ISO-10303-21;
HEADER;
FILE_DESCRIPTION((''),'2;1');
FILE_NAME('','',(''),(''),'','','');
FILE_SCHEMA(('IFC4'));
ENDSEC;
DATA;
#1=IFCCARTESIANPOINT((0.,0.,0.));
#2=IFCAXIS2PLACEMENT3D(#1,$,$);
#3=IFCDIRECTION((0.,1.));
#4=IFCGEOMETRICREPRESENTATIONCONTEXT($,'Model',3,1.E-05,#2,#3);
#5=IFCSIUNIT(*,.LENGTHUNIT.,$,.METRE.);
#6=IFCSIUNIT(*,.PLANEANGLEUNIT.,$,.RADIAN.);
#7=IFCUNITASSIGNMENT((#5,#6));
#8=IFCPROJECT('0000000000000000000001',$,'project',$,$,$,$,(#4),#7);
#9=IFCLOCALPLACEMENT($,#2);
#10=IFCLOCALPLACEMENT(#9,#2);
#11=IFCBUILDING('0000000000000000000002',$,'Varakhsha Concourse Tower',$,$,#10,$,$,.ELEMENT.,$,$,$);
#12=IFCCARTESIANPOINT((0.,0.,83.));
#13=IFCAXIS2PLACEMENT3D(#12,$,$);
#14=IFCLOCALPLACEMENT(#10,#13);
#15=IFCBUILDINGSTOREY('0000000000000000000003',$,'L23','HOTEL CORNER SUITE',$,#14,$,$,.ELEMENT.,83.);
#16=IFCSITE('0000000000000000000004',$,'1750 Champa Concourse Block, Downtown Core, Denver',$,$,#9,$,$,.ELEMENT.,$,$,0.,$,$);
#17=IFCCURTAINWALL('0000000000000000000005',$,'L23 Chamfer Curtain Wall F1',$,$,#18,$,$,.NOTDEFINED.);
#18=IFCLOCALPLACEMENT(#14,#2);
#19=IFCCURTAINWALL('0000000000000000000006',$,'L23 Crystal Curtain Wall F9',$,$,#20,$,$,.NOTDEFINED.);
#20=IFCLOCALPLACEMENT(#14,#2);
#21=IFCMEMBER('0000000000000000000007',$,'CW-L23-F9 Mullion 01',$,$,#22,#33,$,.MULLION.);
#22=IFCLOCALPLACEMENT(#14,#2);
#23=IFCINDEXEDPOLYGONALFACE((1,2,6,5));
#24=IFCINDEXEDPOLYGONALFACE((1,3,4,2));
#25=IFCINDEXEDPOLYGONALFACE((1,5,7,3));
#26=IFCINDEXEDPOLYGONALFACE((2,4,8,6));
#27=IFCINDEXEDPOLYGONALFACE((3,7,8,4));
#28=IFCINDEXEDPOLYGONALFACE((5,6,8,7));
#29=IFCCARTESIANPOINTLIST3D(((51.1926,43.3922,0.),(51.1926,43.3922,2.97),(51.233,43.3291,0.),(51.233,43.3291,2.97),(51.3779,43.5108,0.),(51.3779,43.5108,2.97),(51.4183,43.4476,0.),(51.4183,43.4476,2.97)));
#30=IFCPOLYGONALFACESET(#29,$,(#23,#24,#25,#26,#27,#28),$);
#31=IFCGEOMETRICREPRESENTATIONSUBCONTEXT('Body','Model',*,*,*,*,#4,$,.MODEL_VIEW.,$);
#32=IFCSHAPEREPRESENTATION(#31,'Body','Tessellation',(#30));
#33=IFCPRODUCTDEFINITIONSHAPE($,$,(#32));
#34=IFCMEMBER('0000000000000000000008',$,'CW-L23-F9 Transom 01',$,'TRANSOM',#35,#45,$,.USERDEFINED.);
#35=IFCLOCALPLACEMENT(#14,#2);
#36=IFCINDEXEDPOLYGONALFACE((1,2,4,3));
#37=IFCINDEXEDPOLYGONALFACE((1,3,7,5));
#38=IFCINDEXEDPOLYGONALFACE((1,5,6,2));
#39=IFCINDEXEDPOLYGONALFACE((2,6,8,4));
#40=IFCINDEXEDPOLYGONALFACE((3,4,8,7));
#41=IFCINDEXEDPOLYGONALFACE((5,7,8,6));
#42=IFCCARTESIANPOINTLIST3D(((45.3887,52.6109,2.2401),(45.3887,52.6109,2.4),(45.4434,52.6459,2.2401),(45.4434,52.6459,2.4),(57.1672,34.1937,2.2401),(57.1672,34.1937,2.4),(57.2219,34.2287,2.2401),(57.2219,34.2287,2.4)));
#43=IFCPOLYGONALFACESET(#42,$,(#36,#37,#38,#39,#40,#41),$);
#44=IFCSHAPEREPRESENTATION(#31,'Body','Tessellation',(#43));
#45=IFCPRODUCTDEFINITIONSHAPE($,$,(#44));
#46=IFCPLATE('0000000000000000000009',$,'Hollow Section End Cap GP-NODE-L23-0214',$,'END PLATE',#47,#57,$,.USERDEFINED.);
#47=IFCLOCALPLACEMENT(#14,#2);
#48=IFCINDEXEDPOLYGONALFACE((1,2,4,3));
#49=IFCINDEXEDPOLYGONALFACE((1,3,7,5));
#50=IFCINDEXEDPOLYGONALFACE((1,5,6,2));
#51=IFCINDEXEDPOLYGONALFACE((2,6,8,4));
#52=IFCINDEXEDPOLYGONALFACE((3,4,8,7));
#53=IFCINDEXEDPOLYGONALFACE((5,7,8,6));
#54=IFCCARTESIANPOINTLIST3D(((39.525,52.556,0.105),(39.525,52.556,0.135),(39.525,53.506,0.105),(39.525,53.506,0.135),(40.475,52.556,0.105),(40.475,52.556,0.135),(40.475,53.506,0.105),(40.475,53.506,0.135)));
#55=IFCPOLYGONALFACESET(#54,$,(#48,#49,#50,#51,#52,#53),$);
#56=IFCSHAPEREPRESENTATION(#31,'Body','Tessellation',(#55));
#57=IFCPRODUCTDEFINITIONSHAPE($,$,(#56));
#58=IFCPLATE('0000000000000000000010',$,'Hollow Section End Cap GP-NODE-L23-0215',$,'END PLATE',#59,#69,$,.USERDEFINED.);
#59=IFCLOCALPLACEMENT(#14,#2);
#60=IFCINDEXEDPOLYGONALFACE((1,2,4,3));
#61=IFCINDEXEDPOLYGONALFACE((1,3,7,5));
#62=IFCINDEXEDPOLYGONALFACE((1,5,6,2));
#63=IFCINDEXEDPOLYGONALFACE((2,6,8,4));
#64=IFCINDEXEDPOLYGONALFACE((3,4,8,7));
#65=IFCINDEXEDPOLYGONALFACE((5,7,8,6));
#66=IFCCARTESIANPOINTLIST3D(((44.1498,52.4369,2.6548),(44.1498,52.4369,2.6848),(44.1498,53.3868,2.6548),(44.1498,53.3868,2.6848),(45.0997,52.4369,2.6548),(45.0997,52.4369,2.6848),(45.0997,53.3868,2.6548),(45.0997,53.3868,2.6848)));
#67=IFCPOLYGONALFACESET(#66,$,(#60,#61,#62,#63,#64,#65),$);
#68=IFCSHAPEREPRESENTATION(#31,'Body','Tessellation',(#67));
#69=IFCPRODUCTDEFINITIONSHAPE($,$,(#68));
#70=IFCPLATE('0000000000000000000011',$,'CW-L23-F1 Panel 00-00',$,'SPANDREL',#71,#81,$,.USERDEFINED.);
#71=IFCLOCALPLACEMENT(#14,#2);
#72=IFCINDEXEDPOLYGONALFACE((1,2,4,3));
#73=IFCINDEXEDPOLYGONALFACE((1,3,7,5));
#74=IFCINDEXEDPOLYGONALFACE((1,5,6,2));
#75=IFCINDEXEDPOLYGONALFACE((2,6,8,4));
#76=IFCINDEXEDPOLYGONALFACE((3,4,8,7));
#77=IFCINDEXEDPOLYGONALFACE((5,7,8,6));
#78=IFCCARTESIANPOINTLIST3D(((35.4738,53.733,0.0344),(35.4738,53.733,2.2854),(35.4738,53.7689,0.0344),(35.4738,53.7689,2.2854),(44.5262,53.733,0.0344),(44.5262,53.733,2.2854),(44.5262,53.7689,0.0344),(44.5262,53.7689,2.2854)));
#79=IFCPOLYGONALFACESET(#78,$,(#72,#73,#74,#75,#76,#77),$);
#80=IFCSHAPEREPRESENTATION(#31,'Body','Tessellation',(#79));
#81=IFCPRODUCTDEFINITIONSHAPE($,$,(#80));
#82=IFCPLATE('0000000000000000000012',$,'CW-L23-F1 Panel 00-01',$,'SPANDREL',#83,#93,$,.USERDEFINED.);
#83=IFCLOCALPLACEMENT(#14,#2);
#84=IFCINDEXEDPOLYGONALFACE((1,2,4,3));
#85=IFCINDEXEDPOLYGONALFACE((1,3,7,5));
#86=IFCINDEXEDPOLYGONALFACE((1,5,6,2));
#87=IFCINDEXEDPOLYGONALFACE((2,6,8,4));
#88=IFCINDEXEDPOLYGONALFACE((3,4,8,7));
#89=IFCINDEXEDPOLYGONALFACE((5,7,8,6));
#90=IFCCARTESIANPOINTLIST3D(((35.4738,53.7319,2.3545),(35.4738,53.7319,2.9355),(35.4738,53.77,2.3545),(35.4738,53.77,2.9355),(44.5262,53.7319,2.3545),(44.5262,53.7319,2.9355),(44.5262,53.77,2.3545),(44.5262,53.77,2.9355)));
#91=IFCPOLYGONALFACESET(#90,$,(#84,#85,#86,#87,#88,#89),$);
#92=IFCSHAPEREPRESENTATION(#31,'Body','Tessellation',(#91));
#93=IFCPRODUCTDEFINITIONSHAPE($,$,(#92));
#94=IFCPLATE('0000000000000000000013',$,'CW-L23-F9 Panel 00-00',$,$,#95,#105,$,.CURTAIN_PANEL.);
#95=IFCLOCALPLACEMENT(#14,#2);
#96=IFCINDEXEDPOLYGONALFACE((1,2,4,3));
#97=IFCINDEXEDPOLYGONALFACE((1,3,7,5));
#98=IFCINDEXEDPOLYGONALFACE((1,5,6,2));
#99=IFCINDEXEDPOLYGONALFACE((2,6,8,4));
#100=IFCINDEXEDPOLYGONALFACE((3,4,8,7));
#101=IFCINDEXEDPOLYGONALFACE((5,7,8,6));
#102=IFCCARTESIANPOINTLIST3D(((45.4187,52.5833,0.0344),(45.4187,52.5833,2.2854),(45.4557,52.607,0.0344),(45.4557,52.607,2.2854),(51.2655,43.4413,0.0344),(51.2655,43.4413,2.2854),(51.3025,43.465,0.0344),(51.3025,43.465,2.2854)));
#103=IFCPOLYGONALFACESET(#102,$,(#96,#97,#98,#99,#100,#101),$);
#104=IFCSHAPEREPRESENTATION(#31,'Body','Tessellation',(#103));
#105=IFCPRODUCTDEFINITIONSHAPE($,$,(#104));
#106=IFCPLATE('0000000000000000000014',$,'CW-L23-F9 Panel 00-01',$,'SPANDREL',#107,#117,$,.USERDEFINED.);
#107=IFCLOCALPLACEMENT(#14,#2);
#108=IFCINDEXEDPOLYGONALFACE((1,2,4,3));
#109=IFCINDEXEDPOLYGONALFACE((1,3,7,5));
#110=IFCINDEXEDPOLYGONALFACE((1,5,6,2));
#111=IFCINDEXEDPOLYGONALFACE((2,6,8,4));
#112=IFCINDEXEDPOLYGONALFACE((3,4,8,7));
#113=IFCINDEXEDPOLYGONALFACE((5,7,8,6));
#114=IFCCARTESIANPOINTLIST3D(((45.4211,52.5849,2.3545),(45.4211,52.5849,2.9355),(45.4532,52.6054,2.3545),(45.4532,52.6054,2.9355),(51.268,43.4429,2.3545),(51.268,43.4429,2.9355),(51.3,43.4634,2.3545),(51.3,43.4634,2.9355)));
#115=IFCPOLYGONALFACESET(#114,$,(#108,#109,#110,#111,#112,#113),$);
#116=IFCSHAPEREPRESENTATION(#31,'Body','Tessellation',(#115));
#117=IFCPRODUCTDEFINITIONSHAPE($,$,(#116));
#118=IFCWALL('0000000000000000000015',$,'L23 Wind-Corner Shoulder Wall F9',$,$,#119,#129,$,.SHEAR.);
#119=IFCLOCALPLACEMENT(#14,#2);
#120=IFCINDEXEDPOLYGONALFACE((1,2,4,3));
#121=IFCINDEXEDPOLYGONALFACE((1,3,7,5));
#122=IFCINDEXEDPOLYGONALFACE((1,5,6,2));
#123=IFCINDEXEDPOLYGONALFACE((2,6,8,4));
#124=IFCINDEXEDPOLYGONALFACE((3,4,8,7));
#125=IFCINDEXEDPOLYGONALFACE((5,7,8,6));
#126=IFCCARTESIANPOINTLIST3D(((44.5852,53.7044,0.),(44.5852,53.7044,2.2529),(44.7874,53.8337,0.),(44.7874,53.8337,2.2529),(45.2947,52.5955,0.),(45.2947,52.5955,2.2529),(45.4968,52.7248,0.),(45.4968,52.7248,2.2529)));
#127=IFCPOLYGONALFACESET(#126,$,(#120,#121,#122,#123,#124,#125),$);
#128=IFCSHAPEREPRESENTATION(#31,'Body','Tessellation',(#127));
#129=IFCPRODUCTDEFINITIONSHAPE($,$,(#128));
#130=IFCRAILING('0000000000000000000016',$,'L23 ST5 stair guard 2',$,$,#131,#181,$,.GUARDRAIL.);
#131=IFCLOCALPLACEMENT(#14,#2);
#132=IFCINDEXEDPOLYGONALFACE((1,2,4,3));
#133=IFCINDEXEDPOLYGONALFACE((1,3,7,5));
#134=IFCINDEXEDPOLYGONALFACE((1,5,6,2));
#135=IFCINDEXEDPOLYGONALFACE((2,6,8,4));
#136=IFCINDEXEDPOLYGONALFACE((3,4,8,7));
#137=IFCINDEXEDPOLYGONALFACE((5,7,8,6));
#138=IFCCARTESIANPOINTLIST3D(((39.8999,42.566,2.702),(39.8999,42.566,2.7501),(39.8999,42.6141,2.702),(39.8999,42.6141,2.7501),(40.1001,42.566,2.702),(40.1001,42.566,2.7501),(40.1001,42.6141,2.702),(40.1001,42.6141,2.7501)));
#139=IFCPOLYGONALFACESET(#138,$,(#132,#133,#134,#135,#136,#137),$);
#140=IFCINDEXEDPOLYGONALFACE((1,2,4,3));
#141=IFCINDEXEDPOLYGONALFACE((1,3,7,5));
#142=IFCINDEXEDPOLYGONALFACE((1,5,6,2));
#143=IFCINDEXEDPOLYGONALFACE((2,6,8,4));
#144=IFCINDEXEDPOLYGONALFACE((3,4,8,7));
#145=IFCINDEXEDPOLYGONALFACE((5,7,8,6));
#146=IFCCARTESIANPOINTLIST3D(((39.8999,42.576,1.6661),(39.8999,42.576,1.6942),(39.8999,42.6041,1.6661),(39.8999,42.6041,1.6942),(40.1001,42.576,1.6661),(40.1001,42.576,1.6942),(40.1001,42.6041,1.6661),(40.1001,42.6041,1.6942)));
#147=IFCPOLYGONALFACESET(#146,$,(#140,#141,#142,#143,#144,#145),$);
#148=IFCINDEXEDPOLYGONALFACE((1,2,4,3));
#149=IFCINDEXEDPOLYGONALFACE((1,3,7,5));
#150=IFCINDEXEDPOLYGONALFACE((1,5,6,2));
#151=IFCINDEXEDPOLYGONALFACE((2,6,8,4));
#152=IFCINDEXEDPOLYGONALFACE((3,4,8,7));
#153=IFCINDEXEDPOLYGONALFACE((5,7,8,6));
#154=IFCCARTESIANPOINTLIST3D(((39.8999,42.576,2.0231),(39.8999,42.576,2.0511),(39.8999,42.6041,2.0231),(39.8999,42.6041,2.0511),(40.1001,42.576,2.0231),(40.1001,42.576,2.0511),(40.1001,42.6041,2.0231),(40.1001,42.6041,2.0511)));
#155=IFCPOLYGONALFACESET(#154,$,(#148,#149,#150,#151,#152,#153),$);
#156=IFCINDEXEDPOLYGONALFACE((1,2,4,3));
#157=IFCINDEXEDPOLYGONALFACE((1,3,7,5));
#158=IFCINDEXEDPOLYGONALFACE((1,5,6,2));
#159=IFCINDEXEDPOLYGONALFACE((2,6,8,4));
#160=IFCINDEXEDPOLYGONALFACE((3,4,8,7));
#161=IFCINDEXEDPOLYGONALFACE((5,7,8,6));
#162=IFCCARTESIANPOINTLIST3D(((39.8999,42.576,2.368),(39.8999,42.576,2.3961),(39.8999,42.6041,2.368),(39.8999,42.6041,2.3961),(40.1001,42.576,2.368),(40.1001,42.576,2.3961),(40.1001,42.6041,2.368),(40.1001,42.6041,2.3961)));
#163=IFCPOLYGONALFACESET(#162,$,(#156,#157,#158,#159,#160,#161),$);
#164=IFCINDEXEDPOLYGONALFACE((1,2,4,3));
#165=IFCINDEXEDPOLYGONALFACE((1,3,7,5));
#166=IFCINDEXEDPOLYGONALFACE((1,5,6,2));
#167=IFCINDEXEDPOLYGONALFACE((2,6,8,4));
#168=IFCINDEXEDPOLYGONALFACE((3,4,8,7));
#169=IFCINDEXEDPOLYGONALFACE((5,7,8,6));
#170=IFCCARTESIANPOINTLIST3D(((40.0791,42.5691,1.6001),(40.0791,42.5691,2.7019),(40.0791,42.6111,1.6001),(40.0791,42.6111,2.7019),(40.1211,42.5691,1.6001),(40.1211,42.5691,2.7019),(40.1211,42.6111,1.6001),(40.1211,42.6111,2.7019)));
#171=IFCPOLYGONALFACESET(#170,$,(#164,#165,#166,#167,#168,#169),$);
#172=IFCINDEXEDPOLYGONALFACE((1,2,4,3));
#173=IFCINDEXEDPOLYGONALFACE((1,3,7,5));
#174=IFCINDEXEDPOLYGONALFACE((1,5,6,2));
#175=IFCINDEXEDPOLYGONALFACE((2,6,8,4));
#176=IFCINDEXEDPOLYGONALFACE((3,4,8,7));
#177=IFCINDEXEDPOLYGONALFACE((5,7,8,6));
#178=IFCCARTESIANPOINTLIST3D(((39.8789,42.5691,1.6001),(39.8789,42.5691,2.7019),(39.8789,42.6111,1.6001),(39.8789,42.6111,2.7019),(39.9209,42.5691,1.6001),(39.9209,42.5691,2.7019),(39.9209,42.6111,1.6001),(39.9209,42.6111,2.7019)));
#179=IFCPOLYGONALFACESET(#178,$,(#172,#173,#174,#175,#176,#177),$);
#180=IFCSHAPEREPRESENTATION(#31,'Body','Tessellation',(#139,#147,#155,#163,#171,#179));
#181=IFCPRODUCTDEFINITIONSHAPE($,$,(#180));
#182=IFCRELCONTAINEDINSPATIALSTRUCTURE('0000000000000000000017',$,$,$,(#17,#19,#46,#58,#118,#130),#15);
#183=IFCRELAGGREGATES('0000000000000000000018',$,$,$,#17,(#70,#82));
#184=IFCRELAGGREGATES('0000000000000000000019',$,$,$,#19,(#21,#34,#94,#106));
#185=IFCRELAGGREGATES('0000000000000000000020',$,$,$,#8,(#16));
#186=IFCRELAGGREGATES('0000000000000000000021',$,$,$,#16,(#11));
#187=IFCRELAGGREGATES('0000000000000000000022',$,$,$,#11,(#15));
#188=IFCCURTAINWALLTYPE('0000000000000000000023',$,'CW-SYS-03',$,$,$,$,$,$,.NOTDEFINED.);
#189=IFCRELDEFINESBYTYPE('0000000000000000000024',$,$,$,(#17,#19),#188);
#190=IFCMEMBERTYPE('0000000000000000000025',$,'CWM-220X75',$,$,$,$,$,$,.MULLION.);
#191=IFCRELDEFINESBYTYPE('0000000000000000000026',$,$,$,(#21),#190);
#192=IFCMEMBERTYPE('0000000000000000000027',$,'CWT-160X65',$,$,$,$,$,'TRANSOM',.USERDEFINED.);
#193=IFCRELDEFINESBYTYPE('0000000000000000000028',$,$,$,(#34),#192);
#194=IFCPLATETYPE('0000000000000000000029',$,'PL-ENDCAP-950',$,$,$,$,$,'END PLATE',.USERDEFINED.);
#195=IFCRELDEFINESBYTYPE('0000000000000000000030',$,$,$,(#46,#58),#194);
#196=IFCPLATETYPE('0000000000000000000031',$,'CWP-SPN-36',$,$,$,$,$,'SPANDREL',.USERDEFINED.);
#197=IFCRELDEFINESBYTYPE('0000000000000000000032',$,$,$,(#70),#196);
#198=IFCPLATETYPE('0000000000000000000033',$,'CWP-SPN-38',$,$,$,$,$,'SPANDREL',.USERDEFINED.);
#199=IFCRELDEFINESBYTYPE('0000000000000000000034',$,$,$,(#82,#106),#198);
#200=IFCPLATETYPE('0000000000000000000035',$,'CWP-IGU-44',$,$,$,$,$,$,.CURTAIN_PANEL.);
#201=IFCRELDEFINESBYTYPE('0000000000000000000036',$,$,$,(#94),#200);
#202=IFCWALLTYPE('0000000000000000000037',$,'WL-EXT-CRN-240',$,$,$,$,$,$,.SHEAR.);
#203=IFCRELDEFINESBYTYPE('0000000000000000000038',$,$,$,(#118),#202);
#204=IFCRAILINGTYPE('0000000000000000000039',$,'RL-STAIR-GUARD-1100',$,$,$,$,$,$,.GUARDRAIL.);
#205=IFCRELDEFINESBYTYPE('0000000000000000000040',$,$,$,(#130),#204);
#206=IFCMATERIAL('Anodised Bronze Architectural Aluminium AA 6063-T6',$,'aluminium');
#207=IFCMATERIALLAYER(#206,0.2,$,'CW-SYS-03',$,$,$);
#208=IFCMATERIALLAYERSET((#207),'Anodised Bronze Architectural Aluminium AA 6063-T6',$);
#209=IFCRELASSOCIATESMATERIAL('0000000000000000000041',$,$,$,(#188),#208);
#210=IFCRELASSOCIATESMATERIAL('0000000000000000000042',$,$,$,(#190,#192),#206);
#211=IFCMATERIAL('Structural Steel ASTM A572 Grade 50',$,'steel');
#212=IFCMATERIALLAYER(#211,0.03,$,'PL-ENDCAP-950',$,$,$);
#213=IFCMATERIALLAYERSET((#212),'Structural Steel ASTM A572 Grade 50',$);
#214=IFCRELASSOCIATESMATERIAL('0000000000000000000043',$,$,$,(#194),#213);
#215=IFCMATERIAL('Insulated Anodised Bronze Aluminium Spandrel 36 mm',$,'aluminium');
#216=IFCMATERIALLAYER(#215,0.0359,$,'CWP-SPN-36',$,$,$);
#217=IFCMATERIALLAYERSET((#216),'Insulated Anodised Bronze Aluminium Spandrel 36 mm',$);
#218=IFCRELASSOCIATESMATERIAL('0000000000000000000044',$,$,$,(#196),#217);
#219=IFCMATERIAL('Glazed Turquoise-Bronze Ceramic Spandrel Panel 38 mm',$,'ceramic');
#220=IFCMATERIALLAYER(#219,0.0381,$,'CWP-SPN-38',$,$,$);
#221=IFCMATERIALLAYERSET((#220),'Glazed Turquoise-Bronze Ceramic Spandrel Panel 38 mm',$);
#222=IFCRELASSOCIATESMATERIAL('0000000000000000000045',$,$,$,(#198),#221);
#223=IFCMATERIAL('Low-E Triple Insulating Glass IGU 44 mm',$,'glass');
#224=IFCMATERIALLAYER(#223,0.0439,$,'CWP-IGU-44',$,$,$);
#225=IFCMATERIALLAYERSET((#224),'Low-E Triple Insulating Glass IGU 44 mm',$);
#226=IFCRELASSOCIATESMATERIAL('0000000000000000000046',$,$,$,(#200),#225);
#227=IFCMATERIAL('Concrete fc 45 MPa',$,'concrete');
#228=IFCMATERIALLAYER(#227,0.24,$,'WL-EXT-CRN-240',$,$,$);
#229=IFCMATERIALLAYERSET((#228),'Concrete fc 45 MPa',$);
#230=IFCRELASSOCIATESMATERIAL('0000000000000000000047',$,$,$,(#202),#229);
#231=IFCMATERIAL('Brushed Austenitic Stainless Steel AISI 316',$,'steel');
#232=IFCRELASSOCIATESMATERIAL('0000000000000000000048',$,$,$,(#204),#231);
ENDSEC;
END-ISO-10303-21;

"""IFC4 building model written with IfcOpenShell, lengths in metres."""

from ifc_helpers import new_model, si_unit, direction, frame, frame_2d, origin, origin_2d, place, context, subcontext, project, spatial, rectangle, extrude, source, transform, mapped, material, layer, layer_set, material_profile, profile_set, type_object, type_shapes, element, aggregate, save


model = new_model("IFC4")

# Units and contexts
model_context = context("Model", 3, precision=1e-05, world=origin(), true_north=direction((0.0, 1.0)))
body_context = subcontext(model_context, "Body", "Model", "MODEL_VIEW")
ifc_project = project(units=[si_unit("LENGTHUNIT", "METRE"), si_unit("PLANEANGLEUNIT", "RADIAN")], contexts=[model_context])

# Site, building, storey
site_placement = place(None, origin())
site = spatial("IfcSite", under=ifc_project, at=site_placement, Name="1750 Champa Concourse Block, Downtown Core, Denver", CompositionType="ELEMENT", RefElevation=0.0)
building_placement = place(site_placement, origin())
building = spatial("IfcBuilding", under=site, at=building_placement, Name="Varakhsha Concourse Tower", CompositionType="ELEMENT")
storey_placement = place(building_placement, frame((0.0, 0.0, 83.0)))
storey = spatial("IfcBuildingStorey", under=building, at=storey_placement, Name="L23", Description="HOTEL CORNER SUITE", CompositionType="ELEMENT", Elevation=83.0)

# Shared definitions
ifc_material_1 = material(Name="Structural Steel ASTM A572 Grade 50", Category="steel")

# Curtain wall
ifc_material_2 = material(Name="Anodised Bronze Architectural Aluminium AA 6063-T6", Category="aluminium")
ifc_layer_1 = layer(ifc_material_2, 0.2, Name="CW-SYS-03")
ifc_layer_set_1 = layer_set([ifc_layer_1], Name="Anodised Bronze Architectural Aluminium AA 6063-T6")
curtain_wall_type = type_object("IfcCurtainWallType", Name="CW-SYS-03", PredefinedType="NOTDEFINED", material=ifc_layer_set_1)
curtain_wall_1_placement = place(storey_placement, origin())
curtain_wall_1 = element("IfcCurtainWall", 1, at=curtain_wall_1_placement, inside=storey, type_object=curtain_wall_type, Name="L23 Chamfer Curtain Wall F1", PredefinedType="NOTDEFINED")
ifc_material_profile_1 = material_profile(ifc_material_2, rectangle(XDim=0.075, YDim=0.22, at=origin_2d()), Name="CWM-220X75")
ifc_profile_set_1 = profile_set([ifc_material_profile_1], Name="Anodised Bronze Architectural Aluminium AA 6063-T6")
member_type_1 = type_object("IfcMemberType", Name="CWM-220X75", PredefinedType="MULLION", material=ifc_profile_set_1)
shared_shape_1 = source(origin(), body_context, "Body", "SweptSolid", [
    extrude(rectangle(XDim=0.075, YDim=0.22, at=origin_2d()), origin(), (0.0, 0.0, 1.0), 2.97),
])
type_shapes(member_type_1, [shared_shape_1])

# Curtain wall, members
curtain_wall_2_placement = place(storey_placement, origin())
curtain_wall_2 = element("IfcCurtainWall", 2, at=curtain_wall_2_placement, inside=storey, type_object=curtain_wall_type, Name="L23 Crystal Curtain Wall F9", PredefinedType="NOTDEFINED")
member_1_placement = place(storey_placement, frame((51.3054, 43.4199, 0.0), z_axis=(0.0, 0.0, 1.0), x_axis=(0.538787, -0.842442, 0.0)))
member_1 = element("IfcMember", 3, at=member_1_placement, type_object=member_type_1, Name="CW-L23-F9 Mullion 01", PredefinedType="MULLION", context=body_context, shape_type="MappedRepresentation", body=[
    mapped(shared_shape_1, transform((0.0, 0.0, 0.0), scale=1.0)),
])
ifc_material_profile_2 = material_profile(ifc_material_2, rectangle(XDim=0.0649, YDim=0.1599, at=origin_2d()), Name="CWT-160X65")
ifc_profile_set_2 = profile_set([ifc_material_profile_2], Name="Anodised Bronze Architectural Aluminium AA 6063-T6")
member_type_2 = type_object("IfcMemberType", Name="CWT-160X65", ElementType="TRANSOM", PredefinedType="USERDEFINED", material=ifc_profile_set_2)
shared_shape_2 = source(origin(), body_context, "Body", "SweptSolid", [
    extrude(rectangle(XDim=0.0649, YDim=0.1599, at=origin_2d()), origin(), (0.0, 0.0, 1.0), 21.8616),
])
type_shapes(member_type_2, [shared_shape_2])
member_2_placement = place(storey_placement, frame((45.416, 52.6284, 2.3201), z_axis=(0.538779, -0.842447, 0.0), x_axis=(0.842447, 0.538779, 0.0)))
member_2 = element("IfcMember", 4, at=member_2_placement, type_object=member_type_2, Name="CW-L23-F9 Transom 01", ObjectType="TRANSOM", PredefinedType="USERDEFINED", context=body_context, shape_type="MappedRepresentation", body=[
    mapped(shared_shape_2, transform((0.0, 0.0, 0.0), scale=1.0)),
])

# Plates
ifc_layer_2 = layer(ifc_material_1, 0.03, Name="PL-ENDCAP-950")
ifc_layer_set_2 = layer_set([ifc_layer_2], Name="Structural Steel ASTM A572 Grade 50")
plate_type_1 = type_object("IfcPlateType", Name="PL-ENDCAP-950", ElementType="END PLATE", PredefinedType="USERDEFINED", material=ifc_layer_set_2)
shared_shape_3 = source(origin(), body_context, "Body", "SweptSolid", [
    extrude(rectangle(XDim=0.95, YDim=0.95, at=origin_2d()), origin(), (0.0, 0.0, 1.0), 0.03),
])
type_shapes(plate_type_1, [shared_shape_3])
for number, where, z_axis, x_axis, name in (
    (5, (40.0, 53.031, 0.105), (0.0, 0.0, 1.0), (1.0, 0.0, 0.0), "Hollow Section End Cap GP-NODE-L23-0214"),
    (6, (44.6248, 52.9119, 2.6548), (0.0, 0.0, 1.0), (1.0, 0.0, 0.0), "Hollow Section End Cap GP-NODE-L23-0215"),
):
    element("IfcPlate", number, at=place(storey_placement, frame(where, z_axis=z_axis, x_axis=x_axis)), inside=storey, type_object=plate_type_1, Name=name, ObjectType="END PLATE", PredefinedType="USERDEFINED", context=body_context, shape_type="MappedRepresentation", body=[
        mapped(shared_shape_3, transform((0.0, 0.0, 0.0), scale=1.0)),
    ])

# Plates
ifc_material_3 = material(Name="Insulated Anodised Bronze Aluminium Spandrel 36 mm", Category="aluminium")
ifc_layer_3 = layer(ifc_material_3, 0.0359, Name="CWP-SPN-36")
ifc_layer_set_3 = layer_set([ifc_layer_3], Name="Insulated Anodised Bronze Aluminium Spandrel 36 mm")
plate_type_2 = type_object("IfcPlateType", Name="CWP-SPN-36", ElementType="SPANDREL", PredefinedType="USERDEFINED", material=ifc_layer_set_3)
shared_shape_4 = source(origin(), body_context, "Body", "SweptSolid", [
    extrude(rectangle(XDim=9.0525, YDim=0.0359, at=origin_2d()), origin(), (0.0, 0.0, 1.0), 2.251),
])
type_shapes(plate_type_2, [shared_shape_4])
plate_1_placement = place(storey_placement, frame((40.0, 53.751, 0.0344), z_axis=(0.0, 0.0, 1.0), x_axis=(1.0, 0.0, 0.0)))
plate_1 = element("IfcPlate", 7, at=plate_1_placement, type_object=plate_type_2, Name="CW-L23-F1 Panel 00-00", ObjectType="SPANDREL", PredefinedType="USERDEFINED", context=body_context, shape_type="MappedRepresentation", body=[
    mapped(shared_shape_4, transform((0.0, 0.0, 0.0), scale=1.0)),
])
ifc_material_4 = material(Name="Glazed Turquoise-Bronze Ceramic Spandrel Panel 38 mm", Category="ceramic")
ifc_layer_4 = layer(ifc_material_4, 0.0381, Name="CWP-SPN-38")
ifc_layer_set_4 = layer_set([ifc_layer_4], Name="Glazed Turquoise-Bronze Ceramic Spandrel Panel 38 mm")
plate_type_3 = type_object("IfcPlateType", Name="CWP-SPN-38", ElementType="SPANDREL", PredefinedType="USERDEFINED", material=ifc_layer_set_4)
shared_shape_5 = source(origin(), body_context, "Body", "SweptSolid", [
    extrude(rectangle(XDim=9.0525, YDim=0.0381, at=origin_2d()), origin(), (0.0, 0.0, 1.0), 0.5811),
])
plate_2_placement = place(storey_placement, frame((40.0, 53.751, 2.3545), z_axis=(0.0, 0.0, 1.0), x_axis=(1.0, 0.0, 0.0)))
plate_2 = element("IfcPlate", 8, at=plate_2_placement, type_object=plate_type_3, Name="CW-L23-F1 Panel 00-01", ObjectType="SPANDREL", PredefinedType="USERDEFINED", context=body_context, shape_type="MappedRepresentation", body=[
    mapped(shared_shape_5, transform((0.0, 0.0, 0.0), scale=1.0)),
])
aggregate(curtain_wall_1, [plate_1, plate_2])
ifc_material_5 = material(Name="Low-E Triple Insulating Glass IGU 44 mm", Category="glass")
ifc_layer_5 = layer(ifc_material_5, 0.0439, Name="CWP-IGU-44")
ifc_layer_set_5 = layer_set([ifc_layer_5], Name="Low-E Triple Insulating Glass IGU 44 mm")
plate_type_4 = type_object("IfcPlateType", Name="CWP-IGU-44", PredefinedType="CURTAIN_PANEL", material=ifc_layer_set_5)
shared_shape_6 = source(origin(), body_context, "Body", "SweptSolid", [
    extrude(rectangle(XDim=10.8518, YDim=0.0439, at=origin_2d()), origin(), (0.0, 0.0, 1.0), 2.251),
])
type_shapes(plate_type_4, [shared_shape_6])
plate_3_placement = place(storey_placement, frame((48.3606, 48.0242, 0.0344), z_axis=(0.0, 0.0, 1.0), x_axis=(0.538787, -0.842442, 0.0)))
plate_3 = element("IfcPlate", 9, at=plate_3_placement, type_object=plate_type_4, Name="CW-L23-F9 Panel 00-00", PredefinedType="CURTAIN_PANEL", context=body_context, shape_type="MappedRepresentation", body=[
    mapped(shared_shape_6, transform((0.0, 0.0, 0.0), scale=1.0)),
])
shared_shape_7 = source(origin(), body_context, "Body", "SweptSolid", [
    extrude(rectangle(XDim=10.8518, YDim=0.0381, at=origin_2d()), origin(), (0.0, 0.0, 1.0), 0.5811),
])
type_shapes(plate_type_3, [shared_shape_5, shared_shape_7])
plate_4_placement = place(storey_placement, frame((48.3606, 48.0242, 2.3545), z_axis=(0.0, 0.0, 1.0), x_axis=(0.538787, -0.842442, 0.0)))
plate_4 = element("IfcPlate", 10, at=plate_4_placement, type_object=plate_type_3, Name="CW-L23-F9 Panel 00-01", ObjectType="SPANDREL", PredefinedType="USERDEFINED", context=body_context, shape_type="MappedRepresentation", body=[
    mapped(shared_shape_7, transform((0.0, 0.0, 0.0), scale=1.0)),
])
aggregate(curtain_wall_2, [member_1, member_2, plate_3, plate_4])

# Wall
ifc_material_6 = material(Name="Concrete fc 45 MPa", Category="concrete")
ifc_layer_6 = layer(ifc_material_6, 0.24, Name="WL-EXT-CRN-240")
ifc_layer_set_6 = layer_set([ifc_layer_6], Name="Concrete fc 45 MPa")
wall_type = type_object("IfcWallType", Name="WL-EXT-CRN-240", PredefinedType="SHEAR", material=ifc_layer_set_6)
wall_placement = place(storey_placement, frame((45.3958, 52.6602, 0.0), z_axis=(0.0, 0.0, 1.0), x_axis=(-0.538938, 0.842345, 0.0)))
element("IfcWall", 11, at=wall_placement, inside=storey, type_object=wall_type, Name="L23 Wind-Corner Shoulder Wall F9", PredefinedType="SHEAR", context=body_context, shape_type="SweptSolid", body=[
    extrude(rectangle(XDim=1.3164, YDim=0.24, at=frame_2d((0.6582, 0.0))), origin(), (0.0, 0.0, 1.0), 2.2529),
])

# Railing
ifc_material_7 = material(Name="Brushed Austenitic Stainless Steel AISI 316", Category="steel")
railing_type = type_object("IfcRailingType", Name="RL-STAIR-GUARD-1100", PredefinedType="GUARDRAIL", material=ifc_material_7)
railing_placement = place(storey_placement, frame((40.1001, 42.5901, 1.6001)))
element("IfcRailing", 12, at=railing_placement, inside=storey, type_object=railing_type, Name="L23 ST5 stair guard 2", PredefinedType="GUARDRAIL", context=body_context, shape_type="SweptSolid", body=[
    extrude(rectangle(XDim=0.0481, YDim=0.0481, at=origin_2d()), frame((0.0, 0.0, 1.126), z_axis=(-1.0, 0.0, 0.0), x_axis=(0.0, -1.0, 0.0)), (0.0, 0.0, 1.0), 0.2002),
    extrude(rectangle(XDim=0.0281, YDim=0.0281, at=origin_2d()), frame((0.0, 0.0, 0.0801), z_axis=(-1.0, 0.0, 0.0), x_axis=(0.0, -1.0, 0.0)), (0.0, 0.0, 1.0), 0.2002),
    extrude(rectangle(XDim=0.0281, YDim=0.0281, at=origin_2d()), frame((0.0, 0.0, 0.437), z_axis=(-1.0, 0.0, 0.0), x_axis=(0.0, -1.0, 0.0)), (0.0, 0.0, 1.0), 0.2002),
    extrude(rectangle(XDim=0.0281, YDim=0.0281, at=origin_2d()), frame((0.0, 0.0, 0.782), z_axis=(-1.0, 0.0, 0.0), x_axis=(0.0, -1.0, 0.0)), (0.0, 0.0, 1.0), 0.2002),
    extrude(rectangle(XDim=0.042, YDim=0.042, at=origin_2d()), origin(), (0.0, 0.0, 1.0), 1.1018),
    extrude(rectangle(XDim=0.042, YDim=0.042, at=origin_2d()), frame((-0.2002, 0.0, 0.0)), (0.0, 0.0, 1.0), 1.1018),
])

save(model, "model.ifc")
